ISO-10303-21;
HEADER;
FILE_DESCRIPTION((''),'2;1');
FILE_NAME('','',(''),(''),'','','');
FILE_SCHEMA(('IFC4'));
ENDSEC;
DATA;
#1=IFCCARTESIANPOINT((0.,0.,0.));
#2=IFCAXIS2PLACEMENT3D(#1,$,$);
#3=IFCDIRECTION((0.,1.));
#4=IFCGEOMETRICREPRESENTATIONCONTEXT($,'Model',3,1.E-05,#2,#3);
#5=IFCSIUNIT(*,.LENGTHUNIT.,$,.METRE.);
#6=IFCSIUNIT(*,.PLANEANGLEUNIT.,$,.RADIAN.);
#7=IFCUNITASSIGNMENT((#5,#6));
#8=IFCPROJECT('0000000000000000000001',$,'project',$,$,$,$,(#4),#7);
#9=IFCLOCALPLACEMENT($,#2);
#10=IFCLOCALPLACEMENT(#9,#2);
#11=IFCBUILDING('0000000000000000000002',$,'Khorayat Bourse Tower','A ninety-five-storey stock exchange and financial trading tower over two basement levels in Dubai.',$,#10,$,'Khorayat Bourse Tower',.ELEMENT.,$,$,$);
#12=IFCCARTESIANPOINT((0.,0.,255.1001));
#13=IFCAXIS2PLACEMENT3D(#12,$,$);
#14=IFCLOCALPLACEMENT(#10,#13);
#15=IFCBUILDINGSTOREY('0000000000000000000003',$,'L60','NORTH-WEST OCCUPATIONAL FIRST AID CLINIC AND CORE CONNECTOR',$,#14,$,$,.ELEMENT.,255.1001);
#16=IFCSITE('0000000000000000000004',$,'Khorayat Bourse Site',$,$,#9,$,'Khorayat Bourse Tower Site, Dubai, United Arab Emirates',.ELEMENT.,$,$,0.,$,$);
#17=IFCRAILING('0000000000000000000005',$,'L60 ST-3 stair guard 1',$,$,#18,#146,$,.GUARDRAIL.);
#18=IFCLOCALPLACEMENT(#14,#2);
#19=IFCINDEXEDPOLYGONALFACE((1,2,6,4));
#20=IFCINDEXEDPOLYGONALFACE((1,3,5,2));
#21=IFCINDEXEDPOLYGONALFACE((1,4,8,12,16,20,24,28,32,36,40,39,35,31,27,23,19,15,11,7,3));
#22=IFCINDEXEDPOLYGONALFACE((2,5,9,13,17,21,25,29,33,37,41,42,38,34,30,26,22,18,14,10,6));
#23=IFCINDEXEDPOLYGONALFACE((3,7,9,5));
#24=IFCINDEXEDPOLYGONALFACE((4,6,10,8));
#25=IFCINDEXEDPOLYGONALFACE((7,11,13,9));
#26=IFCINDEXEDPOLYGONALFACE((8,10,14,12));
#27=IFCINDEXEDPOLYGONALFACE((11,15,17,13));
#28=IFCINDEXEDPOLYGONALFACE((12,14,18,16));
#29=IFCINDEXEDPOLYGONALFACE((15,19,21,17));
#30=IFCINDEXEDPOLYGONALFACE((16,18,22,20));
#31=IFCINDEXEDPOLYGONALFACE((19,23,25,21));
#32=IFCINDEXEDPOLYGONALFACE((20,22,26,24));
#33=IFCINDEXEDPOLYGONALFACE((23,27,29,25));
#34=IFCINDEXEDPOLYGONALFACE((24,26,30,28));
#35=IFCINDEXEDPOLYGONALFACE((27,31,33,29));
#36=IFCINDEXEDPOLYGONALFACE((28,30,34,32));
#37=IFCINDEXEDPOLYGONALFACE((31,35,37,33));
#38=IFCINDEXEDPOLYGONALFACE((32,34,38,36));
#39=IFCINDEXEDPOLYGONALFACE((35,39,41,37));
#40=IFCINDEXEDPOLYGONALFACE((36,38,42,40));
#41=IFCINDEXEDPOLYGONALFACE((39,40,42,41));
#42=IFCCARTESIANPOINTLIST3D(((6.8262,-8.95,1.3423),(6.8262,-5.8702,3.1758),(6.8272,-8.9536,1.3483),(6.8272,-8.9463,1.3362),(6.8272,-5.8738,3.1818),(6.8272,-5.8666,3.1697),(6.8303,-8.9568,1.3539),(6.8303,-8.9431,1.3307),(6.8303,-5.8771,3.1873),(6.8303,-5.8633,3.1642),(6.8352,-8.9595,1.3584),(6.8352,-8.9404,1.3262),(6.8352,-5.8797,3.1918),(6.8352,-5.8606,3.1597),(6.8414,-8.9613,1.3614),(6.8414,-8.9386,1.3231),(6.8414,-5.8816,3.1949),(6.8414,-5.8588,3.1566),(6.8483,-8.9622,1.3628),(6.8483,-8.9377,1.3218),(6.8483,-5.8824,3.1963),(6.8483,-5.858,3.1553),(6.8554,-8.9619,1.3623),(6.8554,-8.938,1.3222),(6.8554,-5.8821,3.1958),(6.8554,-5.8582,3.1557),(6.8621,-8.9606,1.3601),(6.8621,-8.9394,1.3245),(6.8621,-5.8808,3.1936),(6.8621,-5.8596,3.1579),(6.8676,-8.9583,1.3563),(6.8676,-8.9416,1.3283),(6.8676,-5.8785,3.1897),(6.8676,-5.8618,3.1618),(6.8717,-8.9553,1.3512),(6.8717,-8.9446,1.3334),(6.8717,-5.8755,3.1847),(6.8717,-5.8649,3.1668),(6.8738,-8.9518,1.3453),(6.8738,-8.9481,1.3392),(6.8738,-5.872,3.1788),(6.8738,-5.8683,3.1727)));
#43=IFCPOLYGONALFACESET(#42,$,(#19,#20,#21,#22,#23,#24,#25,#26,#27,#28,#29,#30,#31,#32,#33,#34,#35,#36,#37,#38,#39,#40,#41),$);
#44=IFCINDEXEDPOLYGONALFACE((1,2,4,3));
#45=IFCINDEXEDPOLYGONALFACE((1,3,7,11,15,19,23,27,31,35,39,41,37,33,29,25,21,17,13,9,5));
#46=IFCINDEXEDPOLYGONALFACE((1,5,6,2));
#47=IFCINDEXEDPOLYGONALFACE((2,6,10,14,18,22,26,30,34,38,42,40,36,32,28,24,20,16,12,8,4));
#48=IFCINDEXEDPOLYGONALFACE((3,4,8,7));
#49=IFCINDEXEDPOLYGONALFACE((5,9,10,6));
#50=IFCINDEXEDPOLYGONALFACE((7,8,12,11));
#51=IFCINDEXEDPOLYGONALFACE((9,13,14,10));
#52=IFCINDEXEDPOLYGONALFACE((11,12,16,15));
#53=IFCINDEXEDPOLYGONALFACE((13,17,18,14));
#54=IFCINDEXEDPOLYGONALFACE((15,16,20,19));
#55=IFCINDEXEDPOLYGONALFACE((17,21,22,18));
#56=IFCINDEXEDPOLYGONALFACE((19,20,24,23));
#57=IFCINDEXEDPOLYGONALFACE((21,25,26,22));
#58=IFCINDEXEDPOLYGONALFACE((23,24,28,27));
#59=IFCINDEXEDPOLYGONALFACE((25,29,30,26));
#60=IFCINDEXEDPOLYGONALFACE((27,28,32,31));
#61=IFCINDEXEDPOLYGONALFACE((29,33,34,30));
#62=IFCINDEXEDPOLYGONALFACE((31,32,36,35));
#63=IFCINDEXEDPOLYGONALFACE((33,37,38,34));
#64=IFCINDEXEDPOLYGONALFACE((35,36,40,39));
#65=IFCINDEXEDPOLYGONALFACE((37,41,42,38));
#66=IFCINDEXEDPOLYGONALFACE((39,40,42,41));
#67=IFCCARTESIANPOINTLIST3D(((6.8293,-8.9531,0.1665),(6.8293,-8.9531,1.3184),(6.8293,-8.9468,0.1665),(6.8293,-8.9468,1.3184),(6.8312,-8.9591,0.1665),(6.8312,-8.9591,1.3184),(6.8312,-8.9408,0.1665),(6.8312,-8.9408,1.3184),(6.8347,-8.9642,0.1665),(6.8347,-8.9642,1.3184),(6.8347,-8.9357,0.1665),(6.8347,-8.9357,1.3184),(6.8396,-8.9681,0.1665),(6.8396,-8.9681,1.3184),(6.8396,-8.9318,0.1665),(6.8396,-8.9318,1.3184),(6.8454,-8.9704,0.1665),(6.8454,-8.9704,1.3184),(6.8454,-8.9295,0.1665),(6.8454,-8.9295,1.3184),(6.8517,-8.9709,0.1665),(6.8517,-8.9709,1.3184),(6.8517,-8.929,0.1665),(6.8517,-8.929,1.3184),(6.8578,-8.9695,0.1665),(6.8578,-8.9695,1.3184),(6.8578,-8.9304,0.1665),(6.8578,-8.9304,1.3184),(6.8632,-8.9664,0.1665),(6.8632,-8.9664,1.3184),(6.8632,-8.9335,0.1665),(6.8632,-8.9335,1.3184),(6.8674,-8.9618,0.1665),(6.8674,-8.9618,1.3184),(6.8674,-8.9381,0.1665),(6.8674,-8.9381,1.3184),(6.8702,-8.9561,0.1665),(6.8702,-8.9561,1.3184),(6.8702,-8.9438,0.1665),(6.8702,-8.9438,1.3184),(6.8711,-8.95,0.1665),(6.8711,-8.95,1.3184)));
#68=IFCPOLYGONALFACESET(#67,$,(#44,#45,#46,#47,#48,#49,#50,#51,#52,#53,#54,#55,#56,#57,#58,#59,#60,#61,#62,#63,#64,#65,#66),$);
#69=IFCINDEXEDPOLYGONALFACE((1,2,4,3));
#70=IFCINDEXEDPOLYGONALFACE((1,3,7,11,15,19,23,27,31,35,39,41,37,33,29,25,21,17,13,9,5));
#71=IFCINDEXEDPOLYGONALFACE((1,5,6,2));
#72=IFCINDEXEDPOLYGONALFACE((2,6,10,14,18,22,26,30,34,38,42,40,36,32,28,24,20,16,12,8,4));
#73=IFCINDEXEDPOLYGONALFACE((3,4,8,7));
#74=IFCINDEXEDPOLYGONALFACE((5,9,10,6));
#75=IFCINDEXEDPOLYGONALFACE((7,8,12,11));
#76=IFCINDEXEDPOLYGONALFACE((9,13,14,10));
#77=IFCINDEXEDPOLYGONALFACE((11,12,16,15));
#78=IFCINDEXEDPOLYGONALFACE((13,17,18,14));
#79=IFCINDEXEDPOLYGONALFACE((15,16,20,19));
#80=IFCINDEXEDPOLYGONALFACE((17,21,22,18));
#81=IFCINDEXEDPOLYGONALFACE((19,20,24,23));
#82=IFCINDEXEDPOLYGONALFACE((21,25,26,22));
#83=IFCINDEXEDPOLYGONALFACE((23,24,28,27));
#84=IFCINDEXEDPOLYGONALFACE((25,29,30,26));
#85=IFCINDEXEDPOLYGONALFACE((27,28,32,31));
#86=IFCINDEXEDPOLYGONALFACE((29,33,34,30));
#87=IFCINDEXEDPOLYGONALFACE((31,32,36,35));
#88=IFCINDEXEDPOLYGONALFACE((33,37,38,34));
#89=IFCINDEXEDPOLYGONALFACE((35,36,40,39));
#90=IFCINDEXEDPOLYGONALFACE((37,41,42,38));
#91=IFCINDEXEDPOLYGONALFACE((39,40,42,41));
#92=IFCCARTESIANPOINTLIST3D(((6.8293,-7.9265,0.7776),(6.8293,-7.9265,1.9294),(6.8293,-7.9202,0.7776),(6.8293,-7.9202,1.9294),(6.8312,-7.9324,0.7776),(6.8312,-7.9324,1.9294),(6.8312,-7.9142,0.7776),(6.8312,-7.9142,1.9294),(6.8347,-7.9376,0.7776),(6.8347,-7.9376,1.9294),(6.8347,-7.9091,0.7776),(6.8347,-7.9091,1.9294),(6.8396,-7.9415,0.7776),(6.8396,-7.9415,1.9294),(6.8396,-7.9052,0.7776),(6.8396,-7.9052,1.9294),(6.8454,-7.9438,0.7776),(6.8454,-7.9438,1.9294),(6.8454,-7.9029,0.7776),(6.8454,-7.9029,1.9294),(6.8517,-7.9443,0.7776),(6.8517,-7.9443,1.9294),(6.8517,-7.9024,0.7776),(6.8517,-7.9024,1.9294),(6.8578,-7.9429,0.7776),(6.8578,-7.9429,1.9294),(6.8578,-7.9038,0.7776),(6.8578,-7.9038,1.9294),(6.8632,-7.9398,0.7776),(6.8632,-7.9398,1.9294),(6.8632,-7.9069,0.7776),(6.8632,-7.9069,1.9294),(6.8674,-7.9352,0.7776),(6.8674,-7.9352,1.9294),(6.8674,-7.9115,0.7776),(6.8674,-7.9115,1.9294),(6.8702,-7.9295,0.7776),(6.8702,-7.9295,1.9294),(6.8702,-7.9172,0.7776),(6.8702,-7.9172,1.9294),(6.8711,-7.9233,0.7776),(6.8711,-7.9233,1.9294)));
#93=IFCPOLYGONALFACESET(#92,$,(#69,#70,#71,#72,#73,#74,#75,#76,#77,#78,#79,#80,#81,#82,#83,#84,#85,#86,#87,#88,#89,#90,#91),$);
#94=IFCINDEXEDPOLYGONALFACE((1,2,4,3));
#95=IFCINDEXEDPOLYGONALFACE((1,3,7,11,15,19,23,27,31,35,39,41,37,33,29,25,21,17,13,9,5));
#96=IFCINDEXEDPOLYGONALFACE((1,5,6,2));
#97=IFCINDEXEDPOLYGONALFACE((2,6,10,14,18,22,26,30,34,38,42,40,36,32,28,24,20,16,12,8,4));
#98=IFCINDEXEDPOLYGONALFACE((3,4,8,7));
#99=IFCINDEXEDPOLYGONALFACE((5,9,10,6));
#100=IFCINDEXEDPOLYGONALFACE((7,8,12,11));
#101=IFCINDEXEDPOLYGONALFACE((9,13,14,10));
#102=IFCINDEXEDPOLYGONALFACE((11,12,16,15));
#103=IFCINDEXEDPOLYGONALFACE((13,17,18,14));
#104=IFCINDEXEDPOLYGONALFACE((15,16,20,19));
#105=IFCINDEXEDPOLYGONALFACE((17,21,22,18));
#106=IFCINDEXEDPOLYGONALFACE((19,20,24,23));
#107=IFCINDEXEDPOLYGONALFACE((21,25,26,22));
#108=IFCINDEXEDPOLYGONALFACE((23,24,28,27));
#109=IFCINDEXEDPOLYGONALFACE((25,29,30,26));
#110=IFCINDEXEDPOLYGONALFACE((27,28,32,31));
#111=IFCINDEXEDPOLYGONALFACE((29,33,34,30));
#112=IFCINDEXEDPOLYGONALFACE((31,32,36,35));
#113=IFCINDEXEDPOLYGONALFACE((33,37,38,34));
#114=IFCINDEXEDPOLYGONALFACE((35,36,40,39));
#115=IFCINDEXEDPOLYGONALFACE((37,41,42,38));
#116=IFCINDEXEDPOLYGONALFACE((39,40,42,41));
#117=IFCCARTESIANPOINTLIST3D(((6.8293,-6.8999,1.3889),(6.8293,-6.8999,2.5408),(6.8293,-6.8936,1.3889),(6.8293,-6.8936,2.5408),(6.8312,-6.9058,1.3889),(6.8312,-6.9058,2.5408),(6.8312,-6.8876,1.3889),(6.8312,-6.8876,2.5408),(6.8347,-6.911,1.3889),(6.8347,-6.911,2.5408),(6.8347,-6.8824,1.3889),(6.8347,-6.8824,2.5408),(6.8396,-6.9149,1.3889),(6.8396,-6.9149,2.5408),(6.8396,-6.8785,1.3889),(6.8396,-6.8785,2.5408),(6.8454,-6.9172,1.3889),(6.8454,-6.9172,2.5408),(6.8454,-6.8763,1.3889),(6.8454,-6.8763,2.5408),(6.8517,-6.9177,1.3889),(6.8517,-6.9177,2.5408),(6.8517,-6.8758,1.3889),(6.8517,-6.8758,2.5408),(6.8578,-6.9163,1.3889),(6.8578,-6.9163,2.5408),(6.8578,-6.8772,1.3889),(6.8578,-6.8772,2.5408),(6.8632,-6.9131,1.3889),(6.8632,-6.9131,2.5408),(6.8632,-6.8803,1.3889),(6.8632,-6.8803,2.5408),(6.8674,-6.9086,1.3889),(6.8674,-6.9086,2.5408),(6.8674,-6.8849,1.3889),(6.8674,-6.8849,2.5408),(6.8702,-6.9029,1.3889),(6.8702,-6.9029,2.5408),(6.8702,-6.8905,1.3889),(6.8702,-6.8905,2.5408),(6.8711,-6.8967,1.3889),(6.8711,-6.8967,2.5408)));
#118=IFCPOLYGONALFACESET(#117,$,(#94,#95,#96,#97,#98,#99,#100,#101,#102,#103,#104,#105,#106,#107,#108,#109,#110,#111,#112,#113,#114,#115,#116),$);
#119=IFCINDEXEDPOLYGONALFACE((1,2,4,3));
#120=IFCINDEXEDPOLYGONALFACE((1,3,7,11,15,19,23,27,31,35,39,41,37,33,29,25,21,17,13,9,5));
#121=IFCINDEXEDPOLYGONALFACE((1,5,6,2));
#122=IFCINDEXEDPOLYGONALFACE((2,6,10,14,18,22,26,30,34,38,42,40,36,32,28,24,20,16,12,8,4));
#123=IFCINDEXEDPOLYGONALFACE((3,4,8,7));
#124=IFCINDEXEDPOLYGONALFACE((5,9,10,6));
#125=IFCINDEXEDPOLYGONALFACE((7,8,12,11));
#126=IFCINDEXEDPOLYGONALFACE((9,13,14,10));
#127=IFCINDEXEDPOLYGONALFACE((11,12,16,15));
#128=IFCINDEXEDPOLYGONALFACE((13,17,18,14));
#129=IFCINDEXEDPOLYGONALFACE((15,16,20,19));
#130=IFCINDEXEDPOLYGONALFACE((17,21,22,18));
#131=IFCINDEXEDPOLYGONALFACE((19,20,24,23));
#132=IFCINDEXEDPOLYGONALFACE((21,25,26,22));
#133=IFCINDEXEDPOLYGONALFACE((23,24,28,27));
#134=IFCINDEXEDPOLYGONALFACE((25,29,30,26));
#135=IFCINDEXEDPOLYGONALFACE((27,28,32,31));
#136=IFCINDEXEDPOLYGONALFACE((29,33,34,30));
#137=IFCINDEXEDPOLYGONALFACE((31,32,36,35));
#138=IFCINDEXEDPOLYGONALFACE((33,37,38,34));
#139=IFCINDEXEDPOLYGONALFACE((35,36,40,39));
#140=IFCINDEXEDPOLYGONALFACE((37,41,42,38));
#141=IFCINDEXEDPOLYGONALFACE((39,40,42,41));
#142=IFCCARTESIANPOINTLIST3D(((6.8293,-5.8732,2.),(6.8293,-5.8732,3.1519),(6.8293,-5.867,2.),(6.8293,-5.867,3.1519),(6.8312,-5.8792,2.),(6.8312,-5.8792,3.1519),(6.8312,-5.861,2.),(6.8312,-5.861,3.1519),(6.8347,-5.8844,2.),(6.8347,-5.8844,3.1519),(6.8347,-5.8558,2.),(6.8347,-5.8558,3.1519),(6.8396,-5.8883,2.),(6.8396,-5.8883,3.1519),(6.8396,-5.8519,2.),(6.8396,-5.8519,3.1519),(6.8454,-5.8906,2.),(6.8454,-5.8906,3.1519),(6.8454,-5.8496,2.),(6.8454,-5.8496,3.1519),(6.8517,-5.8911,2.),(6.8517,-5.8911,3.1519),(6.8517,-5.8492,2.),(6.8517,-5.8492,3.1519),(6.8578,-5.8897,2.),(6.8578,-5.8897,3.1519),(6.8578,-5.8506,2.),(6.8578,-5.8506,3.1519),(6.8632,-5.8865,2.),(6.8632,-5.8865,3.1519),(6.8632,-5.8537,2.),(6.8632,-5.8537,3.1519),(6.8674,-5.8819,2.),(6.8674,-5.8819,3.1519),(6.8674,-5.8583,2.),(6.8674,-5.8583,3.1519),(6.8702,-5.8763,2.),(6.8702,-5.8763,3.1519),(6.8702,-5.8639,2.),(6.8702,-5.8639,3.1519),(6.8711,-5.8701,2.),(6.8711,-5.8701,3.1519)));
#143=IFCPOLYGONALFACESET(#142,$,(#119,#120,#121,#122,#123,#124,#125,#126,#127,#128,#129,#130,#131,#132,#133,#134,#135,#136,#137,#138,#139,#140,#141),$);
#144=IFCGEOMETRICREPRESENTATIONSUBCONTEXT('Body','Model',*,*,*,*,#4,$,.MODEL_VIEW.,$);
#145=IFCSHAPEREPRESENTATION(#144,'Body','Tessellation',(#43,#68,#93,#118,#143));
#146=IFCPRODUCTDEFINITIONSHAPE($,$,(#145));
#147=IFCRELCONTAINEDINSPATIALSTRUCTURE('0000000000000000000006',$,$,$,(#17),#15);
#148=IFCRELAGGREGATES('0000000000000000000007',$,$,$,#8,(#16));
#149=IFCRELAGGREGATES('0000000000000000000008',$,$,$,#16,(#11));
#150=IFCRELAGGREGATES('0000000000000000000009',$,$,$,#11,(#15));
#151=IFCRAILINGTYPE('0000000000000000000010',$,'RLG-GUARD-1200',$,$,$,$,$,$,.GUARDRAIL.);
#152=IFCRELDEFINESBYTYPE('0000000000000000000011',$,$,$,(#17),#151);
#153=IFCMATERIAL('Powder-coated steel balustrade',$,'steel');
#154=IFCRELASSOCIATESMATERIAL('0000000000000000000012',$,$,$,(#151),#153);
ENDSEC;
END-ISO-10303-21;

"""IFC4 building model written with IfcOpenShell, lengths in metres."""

from ifc_helpers import new_model, si_unit, direction, frame, origin, origin_2d, place, context, subcontext, project, spatial, circle, extrude, source, transform, mapped, material, type_object, element, save


model = new_model("IFC4")

# Units and contexts
model_context = context("Model", 3, precision=1e-05, world=origin(), true_north=direction((0.0, 1.0)))
body_context = subcontext(model_context, "Body", "Model", "MODEL_VIEW")
ifc_project = project(units=[si_unit("LENGTHUNIT", "METRE"), si_unit("PLANEANGLEUNIT", "RADIAN")], contexts=[model_context])

# Site, building, storey
site_placement = place(None, origin())
site = spatial("IfcSite", under=ifc_project, at=site_placement, Name="Khorayat Bourse Site", LongName="Khorayat Bourse Tower Site, Dubai, United Arab Emirates", CompositionType="ELEMENT", RefElevation=0.0)
building_placement = place(site_placement, origin())
building = spatial("IfcBuilding", under=site, at=building_placement, Name="Khorayat Bourse Tower", Description="A ninety-five-storey stock exchange and financial trading tower over two basement levels in Dubai.", LongName="Khorayat Bourse Tower", CompositionType="ELEMENT")
storey_placement = place(building_placement, frame((0.0, 0.0, 255.1001)))
storey = spatial("IfcBuildingStorey", under=building, at=storey_placement, Name="L60", Description="NORTH-WEST OCCUPATIONAL FIRST AID CLINIC AND CORE CONNECTOR", CompositionType="ELEMENT", Elevation=255.1001)

# Railing
ifc_material_1 = material(Name="Powder-coated steel balustrade", Category="steel")
railing_type_1 = type_object("IfcRailingType", Name="RLG-GUARD-1200", PredefinedType="GUARDRAIL", material=ifc_material_1)
shared_shape_1 = source(origin(), body_context, "Body", "SweptSolid", [
    extrude(circle(Radius=0.0239, at=origin_2d()), frame((0.0, 0.0, 1.1758), z_axis=(0.0, 0.859261, 0.511538), x_axis=(-1.0, 0.0, 0.0)), (0.0, 0.0, 1.0), 3.5842),
    extrude(circle(Radius=0.021, at=origin_2d()), origin(), (0.0, 0.0, 1.0), 1.1519),
    extrude(circle(Radius=0.021, at=origin_2d()), frame((0.0, 1.0266, 0.6111)), (0.0, 0.0, 1.0), 1.1519),
    extrude(circle(Radius=0.021, at=origin_2d()), frame((0.0, 2.0532, 1.2224)), (0.0, 0.0, 1.0), 1.1519),
    extrude(circle(Radius=0.021, at=origin_2d()), frame((0.0, 3.0798, 1.8335)), (0.0, 0.0, 1.0), 1.1519),
])
railing_1_placement = place(storey_placement, frame((6.8501, -8.95, 0.1665)))
element("IfcRailing", 1, at=railing_1_placement, inside=storey, type_object=railing_type_1, Name="L60 ST-3 stair guard 1", PredefinedType="GUARDRAIL", context=body_context, shape_type="MappedRepresentation", body=[
    mapped(shared_shape_1, transform((0.0, 0.0, 0.0), scale=1.0)),
])

save(model, "model.ifc")
